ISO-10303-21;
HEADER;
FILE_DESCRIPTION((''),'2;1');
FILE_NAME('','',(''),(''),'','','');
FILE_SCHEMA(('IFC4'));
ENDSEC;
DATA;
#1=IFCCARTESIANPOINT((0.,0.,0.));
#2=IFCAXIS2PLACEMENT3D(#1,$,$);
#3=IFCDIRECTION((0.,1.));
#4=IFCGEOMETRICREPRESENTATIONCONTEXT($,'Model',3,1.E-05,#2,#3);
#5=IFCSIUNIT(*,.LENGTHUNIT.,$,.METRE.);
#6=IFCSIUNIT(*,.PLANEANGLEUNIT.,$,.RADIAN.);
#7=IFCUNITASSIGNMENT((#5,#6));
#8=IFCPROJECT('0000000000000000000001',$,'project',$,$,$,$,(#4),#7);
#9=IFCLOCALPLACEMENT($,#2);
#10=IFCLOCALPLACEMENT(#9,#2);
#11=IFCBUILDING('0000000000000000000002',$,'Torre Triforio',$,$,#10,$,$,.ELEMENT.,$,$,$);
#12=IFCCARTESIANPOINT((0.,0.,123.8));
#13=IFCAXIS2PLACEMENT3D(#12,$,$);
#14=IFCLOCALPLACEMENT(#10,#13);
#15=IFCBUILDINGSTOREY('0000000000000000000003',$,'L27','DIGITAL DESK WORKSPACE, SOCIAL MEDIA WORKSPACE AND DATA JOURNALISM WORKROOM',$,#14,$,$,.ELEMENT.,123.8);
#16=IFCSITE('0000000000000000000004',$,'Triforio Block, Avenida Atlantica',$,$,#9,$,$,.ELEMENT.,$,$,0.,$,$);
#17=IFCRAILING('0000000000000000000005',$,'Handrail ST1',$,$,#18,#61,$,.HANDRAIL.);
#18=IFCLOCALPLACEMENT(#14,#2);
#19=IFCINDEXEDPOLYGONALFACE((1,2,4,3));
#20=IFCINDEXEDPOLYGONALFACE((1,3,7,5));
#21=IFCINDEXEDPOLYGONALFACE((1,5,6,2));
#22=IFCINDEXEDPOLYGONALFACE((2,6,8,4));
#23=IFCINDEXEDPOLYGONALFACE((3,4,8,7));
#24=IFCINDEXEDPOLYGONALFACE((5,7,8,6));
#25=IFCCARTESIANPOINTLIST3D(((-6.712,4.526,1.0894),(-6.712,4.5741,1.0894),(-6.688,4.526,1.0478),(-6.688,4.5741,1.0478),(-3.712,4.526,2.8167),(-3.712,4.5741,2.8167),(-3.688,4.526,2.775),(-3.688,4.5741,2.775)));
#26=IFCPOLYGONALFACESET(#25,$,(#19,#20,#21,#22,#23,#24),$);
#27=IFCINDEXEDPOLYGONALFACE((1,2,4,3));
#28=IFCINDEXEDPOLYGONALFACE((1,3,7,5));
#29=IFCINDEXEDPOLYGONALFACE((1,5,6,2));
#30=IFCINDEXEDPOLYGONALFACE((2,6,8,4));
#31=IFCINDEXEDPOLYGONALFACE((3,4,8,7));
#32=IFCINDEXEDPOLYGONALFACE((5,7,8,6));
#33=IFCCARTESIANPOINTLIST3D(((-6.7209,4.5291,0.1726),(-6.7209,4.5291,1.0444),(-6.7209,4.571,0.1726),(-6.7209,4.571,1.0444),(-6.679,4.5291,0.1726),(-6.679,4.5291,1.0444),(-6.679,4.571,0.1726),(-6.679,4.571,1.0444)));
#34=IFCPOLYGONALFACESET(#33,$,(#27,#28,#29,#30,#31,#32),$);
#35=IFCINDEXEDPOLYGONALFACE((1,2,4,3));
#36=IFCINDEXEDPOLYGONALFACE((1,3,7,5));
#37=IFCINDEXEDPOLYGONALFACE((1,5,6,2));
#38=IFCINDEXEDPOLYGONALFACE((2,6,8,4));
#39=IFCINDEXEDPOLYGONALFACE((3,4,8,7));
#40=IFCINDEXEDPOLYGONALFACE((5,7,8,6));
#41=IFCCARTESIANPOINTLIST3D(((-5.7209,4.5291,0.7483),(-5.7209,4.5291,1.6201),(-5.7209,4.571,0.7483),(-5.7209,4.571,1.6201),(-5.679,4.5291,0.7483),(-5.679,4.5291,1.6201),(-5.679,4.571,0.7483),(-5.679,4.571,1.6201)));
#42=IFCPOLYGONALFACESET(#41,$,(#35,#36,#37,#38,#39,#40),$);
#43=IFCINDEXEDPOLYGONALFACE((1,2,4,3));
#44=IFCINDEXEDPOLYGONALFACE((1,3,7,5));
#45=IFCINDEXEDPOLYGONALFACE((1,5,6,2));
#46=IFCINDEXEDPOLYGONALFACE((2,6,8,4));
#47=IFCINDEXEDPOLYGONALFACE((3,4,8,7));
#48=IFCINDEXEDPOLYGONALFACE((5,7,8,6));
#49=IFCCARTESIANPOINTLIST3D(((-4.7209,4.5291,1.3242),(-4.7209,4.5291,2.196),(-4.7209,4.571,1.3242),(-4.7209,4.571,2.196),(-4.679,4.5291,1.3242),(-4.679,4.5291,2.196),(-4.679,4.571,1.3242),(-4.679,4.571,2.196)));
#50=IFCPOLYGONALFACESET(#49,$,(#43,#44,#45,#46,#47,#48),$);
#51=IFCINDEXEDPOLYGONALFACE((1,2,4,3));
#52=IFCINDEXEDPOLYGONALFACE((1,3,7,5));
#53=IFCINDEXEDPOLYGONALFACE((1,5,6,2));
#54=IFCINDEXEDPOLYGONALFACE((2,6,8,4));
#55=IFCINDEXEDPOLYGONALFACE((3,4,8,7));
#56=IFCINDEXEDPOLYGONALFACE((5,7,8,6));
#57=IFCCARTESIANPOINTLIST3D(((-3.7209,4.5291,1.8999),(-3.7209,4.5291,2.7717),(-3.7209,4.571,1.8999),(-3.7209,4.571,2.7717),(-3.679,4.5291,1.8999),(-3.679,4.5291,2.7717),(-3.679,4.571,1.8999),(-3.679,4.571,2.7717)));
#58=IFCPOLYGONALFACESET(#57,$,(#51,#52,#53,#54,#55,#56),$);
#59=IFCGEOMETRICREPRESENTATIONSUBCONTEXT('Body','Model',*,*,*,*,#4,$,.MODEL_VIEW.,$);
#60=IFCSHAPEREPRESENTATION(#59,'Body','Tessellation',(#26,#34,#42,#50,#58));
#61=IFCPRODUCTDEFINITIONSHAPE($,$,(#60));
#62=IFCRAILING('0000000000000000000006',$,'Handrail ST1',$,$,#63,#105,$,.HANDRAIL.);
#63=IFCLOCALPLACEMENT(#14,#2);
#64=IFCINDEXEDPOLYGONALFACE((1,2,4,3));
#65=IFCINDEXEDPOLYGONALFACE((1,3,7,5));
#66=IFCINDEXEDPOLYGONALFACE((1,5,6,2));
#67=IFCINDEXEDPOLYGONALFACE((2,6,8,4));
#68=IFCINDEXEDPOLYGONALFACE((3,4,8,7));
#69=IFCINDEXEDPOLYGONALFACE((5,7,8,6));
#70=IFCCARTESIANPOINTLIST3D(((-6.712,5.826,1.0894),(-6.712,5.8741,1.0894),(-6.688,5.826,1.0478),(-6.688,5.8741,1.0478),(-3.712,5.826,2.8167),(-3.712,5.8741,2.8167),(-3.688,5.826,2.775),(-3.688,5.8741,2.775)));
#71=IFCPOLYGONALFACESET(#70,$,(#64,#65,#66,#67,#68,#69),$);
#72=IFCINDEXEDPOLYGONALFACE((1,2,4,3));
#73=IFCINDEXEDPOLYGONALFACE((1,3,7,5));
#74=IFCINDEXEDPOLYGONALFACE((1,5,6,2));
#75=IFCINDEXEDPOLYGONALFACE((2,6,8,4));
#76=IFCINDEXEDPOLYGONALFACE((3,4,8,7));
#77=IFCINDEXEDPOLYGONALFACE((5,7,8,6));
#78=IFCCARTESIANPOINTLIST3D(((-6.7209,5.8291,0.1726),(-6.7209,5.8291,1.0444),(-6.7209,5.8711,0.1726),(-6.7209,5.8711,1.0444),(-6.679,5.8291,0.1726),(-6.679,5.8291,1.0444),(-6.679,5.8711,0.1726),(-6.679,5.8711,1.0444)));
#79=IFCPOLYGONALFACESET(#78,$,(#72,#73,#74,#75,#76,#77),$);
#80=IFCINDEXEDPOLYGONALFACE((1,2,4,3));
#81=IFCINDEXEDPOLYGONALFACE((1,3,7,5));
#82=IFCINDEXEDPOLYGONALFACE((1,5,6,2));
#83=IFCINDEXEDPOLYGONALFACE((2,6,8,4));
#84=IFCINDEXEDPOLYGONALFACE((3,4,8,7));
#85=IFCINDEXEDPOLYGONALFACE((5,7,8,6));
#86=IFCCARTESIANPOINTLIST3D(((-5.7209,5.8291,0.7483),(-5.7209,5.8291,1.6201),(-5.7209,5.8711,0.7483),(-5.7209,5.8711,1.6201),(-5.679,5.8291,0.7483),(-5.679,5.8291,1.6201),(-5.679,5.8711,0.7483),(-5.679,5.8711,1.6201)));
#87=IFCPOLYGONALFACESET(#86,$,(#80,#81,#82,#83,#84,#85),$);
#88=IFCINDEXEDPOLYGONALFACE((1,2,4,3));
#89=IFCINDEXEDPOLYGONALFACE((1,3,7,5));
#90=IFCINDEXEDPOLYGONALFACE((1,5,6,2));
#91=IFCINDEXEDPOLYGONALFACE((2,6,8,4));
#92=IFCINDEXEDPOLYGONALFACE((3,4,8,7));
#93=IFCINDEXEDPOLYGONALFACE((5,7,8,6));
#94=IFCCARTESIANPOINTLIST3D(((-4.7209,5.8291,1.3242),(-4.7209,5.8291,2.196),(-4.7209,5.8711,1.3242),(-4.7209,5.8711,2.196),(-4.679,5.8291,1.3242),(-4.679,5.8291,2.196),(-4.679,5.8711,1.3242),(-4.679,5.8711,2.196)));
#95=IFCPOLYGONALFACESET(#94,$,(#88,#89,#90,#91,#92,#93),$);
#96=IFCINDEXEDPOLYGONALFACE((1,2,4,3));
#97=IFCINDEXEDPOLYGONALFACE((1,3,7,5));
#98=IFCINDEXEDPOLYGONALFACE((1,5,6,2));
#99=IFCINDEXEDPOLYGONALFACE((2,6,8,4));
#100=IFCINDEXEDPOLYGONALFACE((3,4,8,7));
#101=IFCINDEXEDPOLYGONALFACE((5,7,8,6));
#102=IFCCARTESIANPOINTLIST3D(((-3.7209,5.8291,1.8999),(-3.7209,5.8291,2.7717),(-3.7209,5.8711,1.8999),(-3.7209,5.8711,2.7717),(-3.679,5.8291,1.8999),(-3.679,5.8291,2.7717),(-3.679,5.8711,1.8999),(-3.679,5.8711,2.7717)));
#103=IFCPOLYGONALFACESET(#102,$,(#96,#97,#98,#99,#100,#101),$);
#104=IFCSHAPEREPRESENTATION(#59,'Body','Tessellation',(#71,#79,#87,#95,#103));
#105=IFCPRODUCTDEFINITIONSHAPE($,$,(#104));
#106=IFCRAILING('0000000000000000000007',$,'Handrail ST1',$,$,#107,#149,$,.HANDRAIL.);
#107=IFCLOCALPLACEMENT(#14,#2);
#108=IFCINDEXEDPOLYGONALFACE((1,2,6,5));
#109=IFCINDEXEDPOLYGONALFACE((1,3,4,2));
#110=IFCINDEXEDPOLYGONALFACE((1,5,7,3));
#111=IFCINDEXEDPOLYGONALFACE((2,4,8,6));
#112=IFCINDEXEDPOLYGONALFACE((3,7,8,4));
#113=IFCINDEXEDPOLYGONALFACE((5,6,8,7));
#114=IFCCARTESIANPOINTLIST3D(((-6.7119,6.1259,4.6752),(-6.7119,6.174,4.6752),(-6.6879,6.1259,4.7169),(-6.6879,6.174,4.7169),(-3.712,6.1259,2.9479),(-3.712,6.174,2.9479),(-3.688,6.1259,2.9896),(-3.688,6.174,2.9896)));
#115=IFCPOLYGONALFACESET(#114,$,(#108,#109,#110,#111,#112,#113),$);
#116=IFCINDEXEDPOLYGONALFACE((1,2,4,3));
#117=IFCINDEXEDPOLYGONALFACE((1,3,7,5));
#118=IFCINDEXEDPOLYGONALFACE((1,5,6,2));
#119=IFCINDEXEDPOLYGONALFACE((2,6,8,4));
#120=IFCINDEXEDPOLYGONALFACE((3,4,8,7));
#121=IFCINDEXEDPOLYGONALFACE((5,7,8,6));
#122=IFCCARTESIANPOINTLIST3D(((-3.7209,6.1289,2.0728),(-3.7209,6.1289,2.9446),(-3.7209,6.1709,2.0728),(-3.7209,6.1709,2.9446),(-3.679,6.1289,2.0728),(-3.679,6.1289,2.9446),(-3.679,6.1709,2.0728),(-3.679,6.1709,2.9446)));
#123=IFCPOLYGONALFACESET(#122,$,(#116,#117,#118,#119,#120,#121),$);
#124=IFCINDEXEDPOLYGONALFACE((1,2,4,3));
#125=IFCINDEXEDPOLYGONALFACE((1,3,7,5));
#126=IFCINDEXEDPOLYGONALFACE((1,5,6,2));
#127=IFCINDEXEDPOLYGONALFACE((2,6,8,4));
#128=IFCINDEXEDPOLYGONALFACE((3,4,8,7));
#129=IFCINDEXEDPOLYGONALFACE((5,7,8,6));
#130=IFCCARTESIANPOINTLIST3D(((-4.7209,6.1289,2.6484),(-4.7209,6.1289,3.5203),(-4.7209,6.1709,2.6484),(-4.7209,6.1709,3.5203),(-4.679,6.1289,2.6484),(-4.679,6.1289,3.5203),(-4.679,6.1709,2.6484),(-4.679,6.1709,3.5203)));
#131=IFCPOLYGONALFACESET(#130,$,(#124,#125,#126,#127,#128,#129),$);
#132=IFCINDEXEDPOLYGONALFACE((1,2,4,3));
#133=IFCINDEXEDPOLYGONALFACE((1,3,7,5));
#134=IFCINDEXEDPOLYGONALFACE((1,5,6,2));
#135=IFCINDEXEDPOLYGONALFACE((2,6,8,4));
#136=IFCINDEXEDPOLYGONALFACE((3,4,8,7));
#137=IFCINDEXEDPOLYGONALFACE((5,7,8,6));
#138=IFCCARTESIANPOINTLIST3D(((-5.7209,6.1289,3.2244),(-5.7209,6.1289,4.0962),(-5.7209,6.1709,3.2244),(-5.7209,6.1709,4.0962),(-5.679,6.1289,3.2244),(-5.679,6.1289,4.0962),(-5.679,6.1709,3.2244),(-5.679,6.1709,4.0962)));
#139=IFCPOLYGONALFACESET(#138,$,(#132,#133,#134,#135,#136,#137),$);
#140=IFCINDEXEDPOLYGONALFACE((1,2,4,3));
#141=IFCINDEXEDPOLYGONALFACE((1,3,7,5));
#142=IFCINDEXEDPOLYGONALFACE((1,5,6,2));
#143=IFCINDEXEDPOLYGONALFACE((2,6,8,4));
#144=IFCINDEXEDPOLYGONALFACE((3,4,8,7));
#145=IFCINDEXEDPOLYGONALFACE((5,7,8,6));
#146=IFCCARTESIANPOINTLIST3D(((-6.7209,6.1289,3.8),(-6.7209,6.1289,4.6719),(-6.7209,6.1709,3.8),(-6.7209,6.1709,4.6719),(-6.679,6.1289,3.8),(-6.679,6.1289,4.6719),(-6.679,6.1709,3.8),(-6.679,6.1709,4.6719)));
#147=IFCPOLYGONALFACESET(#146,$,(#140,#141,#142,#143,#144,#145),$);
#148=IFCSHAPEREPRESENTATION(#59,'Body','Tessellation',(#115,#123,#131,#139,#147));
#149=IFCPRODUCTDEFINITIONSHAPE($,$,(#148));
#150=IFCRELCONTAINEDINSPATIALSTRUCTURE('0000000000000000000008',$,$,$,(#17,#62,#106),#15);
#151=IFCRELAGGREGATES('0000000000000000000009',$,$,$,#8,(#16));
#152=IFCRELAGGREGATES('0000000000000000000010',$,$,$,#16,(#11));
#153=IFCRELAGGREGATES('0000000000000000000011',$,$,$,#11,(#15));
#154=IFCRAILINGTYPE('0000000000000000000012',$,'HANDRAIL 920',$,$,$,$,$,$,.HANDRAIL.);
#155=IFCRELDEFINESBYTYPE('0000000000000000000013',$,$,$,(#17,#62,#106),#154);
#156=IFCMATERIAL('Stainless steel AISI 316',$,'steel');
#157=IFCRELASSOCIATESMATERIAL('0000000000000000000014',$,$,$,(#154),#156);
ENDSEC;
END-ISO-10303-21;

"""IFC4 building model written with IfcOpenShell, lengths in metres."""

from ifc_helpers import new_model, si_unit, direction, frame, origin, origin_2d, place, context, subcontext, project, spatial, rectangle, extrude, material, type_object, element, save


model = new_model("IFC4")

# Units and contexts
model_context = context("Model", 3, precision=1e-05, world=origin(), true_north=direction((0.0, 1.0)))
body_context = subcontext(model_context, "Body", "Model", "MODEL_VIEW")
ifc_project = project(units=[si_unit("LENGTHUNIT", "METRE"), si_unit("PLANEANGLEUNIT", "RADIAN")], contexts=[model_context])

# Site, building, storey
site_placement = place(None, origin())
site = spatial("IfcSite", under=ifc_project, at=site_placement, Name="Triforio Block, Avenida Atlantica", CompositionType="ELEMENT", RefElevation=0.0)
building_placement = place(site_placement, origin())
building = spatial("IfcBuilding", under=site, at=building_placement, Name="Torre Triforio", CompositionType="ELEMENT")
storey_placement = place(building_placement, frame((0.0, 0.0, 123.8)))
storey = spatial("IfcBuildingStorey", under=building, at=storey_placement, Name="L27", Description="DIGITAL DESK WORKSPACE, SOCIAL MEDIA WORKSPACE AND DATA JOURNALISM WORKROOM", CompositionType="ELEMENT", Elevation=123.8)

# Railings
ifc_material_1 = material(Name="Stainless steel AISI 316", Category="steel")
railing_type = type_object("IfcRailingType", Name="HANDRAIL 920", PredefinedType="HANDRAIL", material=ifc_material_1)
for number, where, name in (
    (1, (-6.7, 4.55, 0.1726), "Handrail ST1"),
    (2, (-6.7, 5.8501, 0.1726), "Handrail ST1"),
):
    element("IfcRailing", number, at=place(storey_placement, frame(where)), inside=storey, type_object=railing_type, Name=name, PredefinedType="HANDRAIL", context=body_context, shape_type="SweptSolid", body=[
        extrude(rectangle(XDim=0.0481, YDim=0.0481, at=origin_2d()), frame((0.0, 0.0, 0.896), z_axis=(0.86662, 0.0, 0.498969), x_axis=(0.0, 1.0, 0.0)), (0.0, 0.0, 1.0), 3.4617),
        extrude(rectangle(XDim=0.042, YDim=0.042, at=origin_2d()), origin(), (0.0, 0.0, 1.0), 0.8718),
        extrude(rectangle(XDim=0.042, YDim=0.042, at=origin_2d()), frame((1.0, 0.0, 0.5757)), (0.0, 0.0, 1.0), 0.8718),
        extrude(rectangle(XDim=0.042, YDim=0.042, at=origin_2d()), frame((2.0, 0.0, 1.1516)), (0.0, 0.0, 1.0), 0.8718),
        extrude(rectangle(XDim=0.042, YDim=0.042, at=origin_2d()), frame((3.0, 0.0, 1.7273)), (0.0, 0.0, 1.0), 0.8718),
    ])
railing_placement = place(storey_placement, frame((-3.7, 6.1499, 2.0728)))
element("IfcRailing", 3, at=railing_placement, inside=storey, type_object=railing_type, Name="Handrail ST1", PredefinedType="HANDRAIL", context=body_context, shape_type="SweptSolid", body=[
    extrude(rectangle(XDim=0.0481, YDim=0.0481, at=origin_2d()), frame((0.0, 0.0, 0.896), z_axis=(-0.86662, 0.0, 0.498969), x_axis=(0.0, -1.0, 0.0)), (0.0, 0.0, 1.0), 3.4617),
    extrude(rectangle(XDim=0.042, YDim=0.042, at=origin_2d()), origin(), (0.0, 0.0, 1.0), 0.8718),
    extrude(rectangle(XDim=0.042, YDim=0.042, at=origin_2d()), frame((-1.0, 0.0, 0.5757)), (0.0, 0.0, 1.0), 0.8718),
    extrude(rectangle(XDim=0.042, YDim=0.042, at=origin_2d()), frame((-2.0, 0.0, 1.1516)), (0.0, 0.0, 1.0), 0.8718),
    extrude(rectangle(XDim=0.042, YDim=0.042, at=origin_2d()), frame((-3.0, 0.0, 1.7273)), (0.0, 0.0, 1.0), 0.8718),
])

save(model, "model.ifc")
